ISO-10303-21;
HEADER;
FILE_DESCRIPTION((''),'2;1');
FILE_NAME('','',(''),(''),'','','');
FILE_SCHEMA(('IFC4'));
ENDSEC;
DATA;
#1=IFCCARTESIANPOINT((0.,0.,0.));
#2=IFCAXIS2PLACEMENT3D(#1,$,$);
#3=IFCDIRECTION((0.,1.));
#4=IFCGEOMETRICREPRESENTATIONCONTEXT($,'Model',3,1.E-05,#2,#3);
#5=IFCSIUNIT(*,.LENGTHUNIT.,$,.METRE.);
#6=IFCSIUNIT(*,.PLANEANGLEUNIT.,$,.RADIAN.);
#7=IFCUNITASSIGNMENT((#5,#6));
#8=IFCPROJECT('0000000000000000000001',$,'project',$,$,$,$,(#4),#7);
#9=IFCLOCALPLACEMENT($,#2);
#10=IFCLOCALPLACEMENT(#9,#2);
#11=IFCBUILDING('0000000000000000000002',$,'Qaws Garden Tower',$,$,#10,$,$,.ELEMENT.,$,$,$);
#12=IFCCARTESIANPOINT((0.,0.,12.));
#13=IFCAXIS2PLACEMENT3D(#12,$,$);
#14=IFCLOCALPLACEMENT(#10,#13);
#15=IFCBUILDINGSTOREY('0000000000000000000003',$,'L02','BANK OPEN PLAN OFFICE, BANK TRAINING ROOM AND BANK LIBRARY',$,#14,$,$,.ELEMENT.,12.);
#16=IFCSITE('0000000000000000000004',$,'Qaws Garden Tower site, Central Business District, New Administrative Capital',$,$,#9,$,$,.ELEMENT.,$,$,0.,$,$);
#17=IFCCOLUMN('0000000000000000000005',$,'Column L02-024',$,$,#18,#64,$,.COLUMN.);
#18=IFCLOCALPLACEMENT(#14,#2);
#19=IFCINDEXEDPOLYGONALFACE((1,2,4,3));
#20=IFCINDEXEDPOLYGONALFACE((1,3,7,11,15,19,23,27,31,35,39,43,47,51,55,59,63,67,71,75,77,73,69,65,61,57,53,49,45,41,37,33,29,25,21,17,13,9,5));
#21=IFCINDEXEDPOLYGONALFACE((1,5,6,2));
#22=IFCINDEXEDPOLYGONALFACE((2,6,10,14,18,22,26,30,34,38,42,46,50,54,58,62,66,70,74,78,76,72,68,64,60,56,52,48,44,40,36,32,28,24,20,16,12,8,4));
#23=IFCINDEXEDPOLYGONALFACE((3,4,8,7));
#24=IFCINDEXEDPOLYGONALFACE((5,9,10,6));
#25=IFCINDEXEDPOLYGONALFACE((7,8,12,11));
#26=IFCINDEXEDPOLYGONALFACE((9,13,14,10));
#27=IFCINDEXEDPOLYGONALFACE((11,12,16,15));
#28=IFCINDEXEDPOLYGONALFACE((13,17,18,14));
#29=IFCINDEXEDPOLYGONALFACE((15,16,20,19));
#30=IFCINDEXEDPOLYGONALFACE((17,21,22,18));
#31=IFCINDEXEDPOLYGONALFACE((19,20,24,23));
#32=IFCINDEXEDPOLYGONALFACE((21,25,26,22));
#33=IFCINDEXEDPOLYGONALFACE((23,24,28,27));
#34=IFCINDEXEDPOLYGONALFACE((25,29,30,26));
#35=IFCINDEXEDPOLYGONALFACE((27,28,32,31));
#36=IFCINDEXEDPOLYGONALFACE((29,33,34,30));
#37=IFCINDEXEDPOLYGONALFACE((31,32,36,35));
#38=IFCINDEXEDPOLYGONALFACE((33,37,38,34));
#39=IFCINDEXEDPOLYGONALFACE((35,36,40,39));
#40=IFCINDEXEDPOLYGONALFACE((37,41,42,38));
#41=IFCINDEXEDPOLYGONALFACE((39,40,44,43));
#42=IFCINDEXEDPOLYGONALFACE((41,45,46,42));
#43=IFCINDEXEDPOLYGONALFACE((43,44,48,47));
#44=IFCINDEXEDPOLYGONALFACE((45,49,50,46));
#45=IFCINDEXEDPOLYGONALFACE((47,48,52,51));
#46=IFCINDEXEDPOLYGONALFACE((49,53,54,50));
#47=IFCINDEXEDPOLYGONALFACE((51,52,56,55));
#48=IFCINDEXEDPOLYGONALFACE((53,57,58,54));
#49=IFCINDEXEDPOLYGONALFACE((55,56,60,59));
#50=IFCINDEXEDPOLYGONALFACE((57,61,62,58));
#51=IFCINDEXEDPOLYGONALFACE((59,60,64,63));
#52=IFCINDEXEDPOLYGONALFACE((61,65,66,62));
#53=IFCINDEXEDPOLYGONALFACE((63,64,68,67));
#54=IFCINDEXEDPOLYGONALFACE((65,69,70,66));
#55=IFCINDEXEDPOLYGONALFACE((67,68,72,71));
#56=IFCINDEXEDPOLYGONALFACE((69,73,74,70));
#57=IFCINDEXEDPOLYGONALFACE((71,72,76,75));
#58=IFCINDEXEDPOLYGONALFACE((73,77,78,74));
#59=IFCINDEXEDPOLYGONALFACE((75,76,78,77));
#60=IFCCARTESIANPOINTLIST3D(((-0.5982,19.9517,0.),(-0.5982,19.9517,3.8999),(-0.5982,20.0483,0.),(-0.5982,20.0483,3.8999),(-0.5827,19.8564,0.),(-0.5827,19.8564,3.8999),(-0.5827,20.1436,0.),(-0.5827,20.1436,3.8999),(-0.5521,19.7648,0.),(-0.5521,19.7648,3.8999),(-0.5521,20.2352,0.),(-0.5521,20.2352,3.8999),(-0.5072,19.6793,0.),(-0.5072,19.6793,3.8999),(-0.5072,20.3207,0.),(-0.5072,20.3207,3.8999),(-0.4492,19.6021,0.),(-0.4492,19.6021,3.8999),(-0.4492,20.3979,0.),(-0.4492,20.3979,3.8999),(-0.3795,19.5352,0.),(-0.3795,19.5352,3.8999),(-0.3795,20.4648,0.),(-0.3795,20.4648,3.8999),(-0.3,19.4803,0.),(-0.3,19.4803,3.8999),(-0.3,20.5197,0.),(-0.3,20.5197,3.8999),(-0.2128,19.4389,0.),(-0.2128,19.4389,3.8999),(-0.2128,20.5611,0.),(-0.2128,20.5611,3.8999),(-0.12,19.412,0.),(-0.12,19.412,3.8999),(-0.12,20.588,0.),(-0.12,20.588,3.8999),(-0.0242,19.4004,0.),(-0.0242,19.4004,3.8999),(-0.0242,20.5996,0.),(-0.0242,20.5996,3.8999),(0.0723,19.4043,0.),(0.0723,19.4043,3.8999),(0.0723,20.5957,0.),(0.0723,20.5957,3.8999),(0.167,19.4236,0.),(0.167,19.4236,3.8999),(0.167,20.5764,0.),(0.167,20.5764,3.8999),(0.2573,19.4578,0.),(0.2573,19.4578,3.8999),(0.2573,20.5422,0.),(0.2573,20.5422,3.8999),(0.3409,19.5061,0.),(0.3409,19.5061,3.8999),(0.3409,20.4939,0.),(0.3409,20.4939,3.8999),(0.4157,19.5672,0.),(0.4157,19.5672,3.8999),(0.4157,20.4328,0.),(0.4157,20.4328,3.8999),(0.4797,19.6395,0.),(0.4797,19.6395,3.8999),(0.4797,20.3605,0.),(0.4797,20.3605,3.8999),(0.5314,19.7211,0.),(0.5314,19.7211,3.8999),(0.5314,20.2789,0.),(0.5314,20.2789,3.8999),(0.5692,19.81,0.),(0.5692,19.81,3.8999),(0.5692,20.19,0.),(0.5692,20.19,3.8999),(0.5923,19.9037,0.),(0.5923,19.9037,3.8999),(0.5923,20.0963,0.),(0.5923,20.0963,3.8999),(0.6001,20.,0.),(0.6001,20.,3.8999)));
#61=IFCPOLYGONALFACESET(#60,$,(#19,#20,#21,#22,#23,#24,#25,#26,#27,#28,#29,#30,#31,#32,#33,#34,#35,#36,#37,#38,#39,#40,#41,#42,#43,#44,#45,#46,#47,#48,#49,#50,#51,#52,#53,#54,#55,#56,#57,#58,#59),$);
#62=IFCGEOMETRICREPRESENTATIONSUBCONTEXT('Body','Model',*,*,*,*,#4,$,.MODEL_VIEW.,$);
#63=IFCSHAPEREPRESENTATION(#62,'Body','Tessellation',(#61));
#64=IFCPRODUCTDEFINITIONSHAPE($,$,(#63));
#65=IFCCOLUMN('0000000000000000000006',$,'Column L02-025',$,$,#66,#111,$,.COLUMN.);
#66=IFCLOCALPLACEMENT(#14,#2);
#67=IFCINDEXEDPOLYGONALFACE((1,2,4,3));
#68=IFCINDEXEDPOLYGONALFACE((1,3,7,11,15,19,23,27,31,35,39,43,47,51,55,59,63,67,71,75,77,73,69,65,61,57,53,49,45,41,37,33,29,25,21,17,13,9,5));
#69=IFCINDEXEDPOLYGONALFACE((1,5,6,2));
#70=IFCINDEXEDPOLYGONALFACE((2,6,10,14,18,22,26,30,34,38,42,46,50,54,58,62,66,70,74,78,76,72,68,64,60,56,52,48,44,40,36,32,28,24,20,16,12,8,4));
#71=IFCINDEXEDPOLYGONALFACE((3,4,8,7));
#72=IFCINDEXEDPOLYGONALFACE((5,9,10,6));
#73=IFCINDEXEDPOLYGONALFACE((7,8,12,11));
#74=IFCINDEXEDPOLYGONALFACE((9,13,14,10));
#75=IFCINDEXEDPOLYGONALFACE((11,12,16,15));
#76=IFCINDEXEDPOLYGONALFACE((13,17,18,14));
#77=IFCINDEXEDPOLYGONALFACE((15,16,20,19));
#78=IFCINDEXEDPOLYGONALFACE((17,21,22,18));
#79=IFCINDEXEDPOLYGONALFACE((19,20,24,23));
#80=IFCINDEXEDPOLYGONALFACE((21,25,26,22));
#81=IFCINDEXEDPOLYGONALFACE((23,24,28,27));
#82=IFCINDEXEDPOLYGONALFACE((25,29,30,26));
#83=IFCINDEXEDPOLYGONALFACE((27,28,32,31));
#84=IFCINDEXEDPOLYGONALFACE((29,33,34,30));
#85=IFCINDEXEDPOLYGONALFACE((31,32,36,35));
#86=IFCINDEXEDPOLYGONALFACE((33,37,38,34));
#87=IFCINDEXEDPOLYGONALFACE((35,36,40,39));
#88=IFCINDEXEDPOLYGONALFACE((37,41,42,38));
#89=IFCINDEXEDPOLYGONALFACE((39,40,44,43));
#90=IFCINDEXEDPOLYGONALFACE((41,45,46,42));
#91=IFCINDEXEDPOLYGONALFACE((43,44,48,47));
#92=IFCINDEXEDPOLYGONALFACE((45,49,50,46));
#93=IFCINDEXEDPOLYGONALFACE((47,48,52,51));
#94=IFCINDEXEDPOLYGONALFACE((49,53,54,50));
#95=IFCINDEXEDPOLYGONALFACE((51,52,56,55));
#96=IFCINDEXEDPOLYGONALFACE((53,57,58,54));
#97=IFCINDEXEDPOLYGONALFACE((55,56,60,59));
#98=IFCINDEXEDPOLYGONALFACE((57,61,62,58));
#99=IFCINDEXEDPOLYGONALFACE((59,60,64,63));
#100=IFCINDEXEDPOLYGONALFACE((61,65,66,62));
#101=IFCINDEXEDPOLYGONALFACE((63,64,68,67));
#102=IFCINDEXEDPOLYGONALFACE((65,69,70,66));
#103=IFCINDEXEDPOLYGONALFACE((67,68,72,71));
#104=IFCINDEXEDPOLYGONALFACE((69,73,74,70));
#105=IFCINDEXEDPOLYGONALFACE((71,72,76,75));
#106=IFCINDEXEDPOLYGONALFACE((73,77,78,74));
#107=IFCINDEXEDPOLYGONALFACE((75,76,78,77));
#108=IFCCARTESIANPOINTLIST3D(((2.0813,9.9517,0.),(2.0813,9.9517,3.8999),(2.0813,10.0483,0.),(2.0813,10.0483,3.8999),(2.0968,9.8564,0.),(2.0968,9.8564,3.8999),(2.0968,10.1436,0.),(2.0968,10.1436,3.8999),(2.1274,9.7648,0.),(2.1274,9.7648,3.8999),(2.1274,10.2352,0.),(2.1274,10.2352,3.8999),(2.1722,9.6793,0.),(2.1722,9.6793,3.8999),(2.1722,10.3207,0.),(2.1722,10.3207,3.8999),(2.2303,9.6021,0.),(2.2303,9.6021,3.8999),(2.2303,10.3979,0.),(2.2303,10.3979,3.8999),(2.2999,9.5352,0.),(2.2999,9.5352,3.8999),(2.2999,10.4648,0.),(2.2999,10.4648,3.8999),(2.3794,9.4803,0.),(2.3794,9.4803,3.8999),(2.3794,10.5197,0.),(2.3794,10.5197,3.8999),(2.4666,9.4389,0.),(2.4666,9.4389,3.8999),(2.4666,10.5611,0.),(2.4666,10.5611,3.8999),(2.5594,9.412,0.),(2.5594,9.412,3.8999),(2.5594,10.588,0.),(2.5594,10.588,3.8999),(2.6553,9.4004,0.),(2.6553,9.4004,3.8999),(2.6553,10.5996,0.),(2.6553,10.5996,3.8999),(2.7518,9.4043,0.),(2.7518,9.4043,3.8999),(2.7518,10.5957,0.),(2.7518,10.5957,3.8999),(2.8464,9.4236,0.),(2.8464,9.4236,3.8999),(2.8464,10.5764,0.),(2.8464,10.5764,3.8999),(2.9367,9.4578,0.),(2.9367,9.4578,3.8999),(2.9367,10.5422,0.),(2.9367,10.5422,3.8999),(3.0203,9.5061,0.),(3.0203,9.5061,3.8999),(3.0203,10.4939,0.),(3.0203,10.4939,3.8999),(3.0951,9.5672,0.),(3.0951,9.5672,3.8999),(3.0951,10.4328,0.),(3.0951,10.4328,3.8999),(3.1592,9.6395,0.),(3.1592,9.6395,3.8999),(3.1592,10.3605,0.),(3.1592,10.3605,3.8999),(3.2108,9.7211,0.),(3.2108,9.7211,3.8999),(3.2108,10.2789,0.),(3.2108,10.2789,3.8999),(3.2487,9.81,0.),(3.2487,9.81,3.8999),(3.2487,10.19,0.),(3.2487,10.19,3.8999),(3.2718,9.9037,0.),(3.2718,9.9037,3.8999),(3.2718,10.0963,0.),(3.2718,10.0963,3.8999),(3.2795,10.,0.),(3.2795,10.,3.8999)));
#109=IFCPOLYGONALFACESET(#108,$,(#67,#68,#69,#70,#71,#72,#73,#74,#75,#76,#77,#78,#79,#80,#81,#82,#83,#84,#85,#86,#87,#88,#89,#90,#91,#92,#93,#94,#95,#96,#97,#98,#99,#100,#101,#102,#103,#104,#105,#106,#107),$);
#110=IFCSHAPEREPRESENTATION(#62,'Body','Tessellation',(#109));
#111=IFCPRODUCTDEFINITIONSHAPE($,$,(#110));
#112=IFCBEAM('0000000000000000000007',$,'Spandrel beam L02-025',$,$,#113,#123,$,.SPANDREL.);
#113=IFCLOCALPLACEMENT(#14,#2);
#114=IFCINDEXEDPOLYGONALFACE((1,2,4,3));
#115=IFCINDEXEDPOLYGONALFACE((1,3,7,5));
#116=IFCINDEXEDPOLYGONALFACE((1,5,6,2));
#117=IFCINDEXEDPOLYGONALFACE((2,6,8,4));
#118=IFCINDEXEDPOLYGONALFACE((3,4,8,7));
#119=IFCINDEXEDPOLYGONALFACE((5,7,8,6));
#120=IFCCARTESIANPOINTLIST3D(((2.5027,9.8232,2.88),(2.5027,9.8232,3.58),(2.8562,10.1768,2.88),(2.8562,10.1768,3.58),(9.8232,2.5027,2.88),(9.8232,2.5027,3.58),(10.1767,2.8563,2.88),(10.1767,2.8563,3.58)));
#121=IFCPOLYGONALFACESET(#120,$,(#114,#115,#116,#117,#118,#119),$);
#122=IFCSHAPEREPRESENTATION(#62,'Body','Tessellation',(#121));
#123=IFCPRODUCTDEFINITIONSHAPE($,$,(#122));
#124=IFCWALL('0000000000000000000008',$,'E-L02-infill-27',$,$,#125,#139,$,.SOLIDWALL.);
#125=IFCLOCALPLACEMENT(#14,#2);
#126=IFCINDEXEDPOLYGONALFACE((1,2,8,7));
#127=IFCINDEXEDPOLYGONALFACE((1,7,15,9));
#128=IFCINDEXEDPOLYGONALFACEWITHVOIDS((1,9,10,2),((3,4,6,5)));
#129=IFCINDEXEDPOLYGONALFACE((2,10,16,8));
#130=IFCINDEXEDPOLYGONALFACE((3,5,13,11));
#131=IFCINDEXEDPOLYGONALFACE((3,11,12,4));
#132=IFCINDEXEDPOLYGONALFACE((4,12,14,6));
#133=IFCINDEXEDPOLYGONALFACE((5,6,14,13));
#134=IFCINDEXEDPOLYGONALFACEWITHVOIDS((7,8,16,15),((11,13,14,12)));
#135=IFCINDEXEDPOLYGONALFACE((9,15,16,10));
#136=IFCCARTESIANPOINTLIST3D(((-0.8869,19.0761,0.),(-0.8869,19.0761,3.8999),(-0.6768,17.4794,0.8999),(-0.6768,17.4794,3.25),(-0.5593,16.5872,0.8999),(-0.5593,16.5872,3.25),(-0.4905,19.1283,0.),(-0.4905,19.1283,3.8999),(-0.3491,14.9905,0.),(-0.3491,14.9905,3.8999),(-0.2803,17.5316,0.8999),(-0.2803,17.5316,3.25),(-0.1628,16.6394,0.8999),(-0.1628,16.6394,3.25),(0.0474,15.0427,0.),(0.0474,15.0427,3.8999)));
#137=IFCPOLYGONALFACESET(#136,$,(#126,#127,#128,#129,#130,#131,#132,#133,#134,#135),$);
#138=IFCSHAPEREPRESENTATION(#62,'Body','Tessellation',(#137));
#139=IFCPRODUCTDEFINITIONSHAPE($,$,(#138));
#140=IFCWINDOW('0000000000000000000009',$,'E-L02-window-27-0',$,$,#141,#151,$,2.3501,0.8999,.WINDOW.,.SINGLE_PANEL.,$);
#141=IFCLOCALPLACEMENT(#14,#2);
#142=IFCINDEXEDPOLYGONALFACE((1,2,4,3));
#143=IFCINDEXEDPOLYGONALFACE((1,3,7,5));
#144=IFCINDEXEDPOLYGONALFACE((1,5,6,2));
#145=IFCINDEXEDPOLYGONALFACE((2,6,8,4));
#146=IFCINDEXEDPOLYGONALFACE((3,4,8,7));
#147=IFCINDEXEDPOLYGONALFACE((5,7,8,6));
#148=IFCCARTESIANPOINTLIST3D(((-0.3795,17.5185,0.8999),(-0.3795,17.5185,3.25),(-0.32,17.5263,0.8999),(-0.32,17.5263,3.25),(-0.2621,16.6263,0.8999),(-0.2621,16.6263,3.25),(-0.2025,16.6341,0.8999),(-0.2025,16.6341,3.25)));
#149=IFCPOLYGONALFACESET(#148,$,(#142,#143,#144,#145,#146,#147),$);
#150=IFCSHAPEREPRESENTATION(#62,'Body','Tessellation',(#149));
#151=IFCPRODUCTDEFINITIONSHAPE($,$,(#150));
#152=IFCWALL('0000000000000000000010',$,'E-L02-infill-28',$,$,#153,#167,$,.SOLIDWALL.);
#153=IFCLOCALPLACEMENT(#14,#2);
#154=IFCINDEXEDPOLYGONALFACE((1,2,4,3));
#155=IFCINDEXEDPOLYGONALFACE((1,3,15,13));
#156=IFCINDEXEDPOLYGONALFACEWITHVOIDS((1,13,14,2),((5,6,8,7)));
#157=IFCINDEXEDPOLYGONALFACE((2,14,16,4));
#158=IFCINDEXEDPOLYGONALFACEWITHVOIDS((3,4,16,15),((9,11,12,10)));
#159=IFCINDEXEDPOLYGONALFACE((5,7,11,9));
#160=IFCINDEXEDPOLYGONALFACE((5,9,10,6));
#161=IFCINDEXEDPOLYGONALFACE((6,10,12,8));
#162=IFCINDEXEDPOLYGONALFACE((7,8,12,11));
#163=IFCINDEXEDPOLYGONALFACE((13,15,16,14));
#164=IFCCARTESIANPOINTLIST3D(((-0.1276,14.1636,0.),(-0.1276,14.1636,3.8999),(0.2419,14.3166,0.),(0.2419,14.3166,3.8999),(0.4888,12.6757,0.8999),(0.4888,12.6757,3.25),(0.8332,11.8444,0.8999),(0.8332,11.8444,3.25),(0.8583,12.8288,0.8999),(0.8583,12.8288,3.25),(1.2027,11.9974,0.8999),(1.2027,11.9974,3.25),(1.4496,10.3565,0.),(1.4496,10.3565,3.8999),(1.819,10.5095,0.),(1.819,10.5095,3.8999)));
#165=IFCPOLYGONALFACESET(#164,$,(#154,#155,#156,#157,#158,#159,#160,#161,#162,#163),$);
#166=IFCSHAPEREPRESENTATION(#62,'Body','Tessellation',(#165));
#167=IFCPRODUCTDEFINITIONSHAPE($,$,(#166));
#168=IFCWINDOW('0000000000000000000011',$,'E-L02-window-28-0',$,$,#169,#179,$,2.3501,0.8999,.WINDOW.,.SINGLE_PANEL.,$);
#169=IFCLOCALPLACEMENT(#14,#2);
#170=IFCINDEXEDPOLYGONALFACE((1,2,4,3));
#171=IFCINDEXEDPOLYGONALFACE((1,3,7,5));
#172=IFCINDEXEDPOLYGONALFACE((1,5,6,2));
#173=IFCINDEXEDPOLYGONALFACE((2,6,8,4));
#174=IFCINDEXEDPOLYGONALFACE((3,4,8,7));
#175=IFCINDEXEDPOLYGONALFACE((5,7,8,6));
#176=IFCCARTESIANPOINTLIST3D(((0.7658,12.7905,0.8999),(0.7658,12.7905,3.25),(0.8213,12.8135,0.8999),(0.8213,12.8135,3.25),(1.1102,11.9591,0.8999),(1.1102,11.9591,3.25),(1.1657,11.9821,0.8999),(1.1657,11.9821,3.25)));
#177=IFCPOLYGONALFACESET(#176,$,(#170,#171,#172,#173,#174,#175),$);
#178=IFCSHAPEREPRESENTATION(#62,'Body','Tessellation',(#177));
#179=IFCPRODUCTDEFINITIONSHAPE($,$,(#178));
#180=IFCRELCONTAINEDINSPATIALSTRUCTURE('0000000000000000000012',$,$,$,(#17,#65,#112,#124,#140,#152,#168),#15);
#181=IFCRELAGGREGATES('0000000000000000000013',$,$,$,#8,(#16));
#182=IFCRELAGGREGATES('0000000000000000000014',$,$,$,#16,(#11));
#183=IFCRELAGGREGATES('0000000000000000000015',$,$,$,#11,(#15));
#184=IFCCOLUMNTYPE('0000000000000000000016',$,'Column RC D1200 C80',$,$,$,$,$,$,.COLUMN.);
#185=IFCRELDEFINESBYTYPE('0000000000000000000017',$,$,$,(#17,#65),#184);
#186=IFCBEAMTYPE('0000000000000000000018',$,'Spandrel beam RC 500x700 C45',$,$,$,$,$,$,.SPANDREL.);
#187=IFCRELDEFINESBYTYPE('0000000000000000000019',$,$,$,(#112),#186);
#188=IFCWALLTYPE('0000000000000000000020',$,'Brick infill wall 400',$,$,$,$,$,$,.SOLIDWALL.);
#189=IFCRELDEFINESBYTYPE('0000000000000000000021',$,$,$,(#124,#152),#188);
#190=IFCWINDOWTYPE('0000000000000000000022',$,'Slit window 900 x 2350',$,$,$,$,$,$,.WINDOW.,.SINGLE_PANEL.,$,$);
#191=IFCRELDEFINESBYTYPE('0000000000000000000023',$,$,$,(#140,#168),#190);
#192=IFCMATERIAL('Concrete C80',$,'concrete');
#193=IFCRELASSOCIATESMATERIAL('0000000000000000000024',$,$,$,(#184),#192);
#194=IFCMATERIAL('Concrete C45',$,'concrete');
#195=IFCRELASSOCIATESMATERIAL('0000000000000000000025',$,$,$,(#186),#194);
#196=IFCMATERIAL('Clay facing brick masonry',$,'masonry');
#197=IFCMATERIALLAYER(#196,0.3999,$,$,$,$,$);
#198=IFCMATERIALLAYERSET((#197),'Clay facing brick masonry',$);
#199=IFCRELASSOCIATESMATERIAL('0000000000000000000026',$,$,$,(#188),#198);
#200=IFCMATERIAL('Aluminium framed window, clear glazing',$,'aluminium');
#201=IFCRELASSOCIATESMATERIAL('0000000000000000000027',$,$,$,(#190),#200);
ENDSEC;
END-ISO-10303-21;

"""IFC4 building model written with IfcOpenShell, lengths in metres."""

from ifc_helpers import new_model, si_unit, direction, frame, frame_2d, origin, origin_2d, place, context, subcontext, project, spatial, rectangle, circle, extrude, material, layer, layer_set, material_profile, profile_set, type_object, element, fill, save


model = new_model("IFC4")

# Units and contexts
model_context = context("Model", 3, precision=1e-05, world=origin(), true_north=direction((0.0, 1.0)))
body_context = subcontext(model_context, "Body", "Model", "MODEL_VIEW")
ifc_project = project(units=[si_unit("LENGTHUNIT", "METRE"), si_unit("PLANEANGLEUNIT", "RADIAN")], contexts=[model_context])

# Site, building, storey
site_placement = place(None, origin())
site = spatial("IfcSite", under=ifc_project, at=site_placement, Name="Qaws Garden Tower site, Central Business District, New Administrative Capital", CompositionType="ELEMENT", RefElevation=0.0)
building_placement = place(site_placement, origin())
building = spatial("IfcBuilding", under=site, at=building_placement, Name="Qaws Garden Tower", CompositionType="ELEMENT")
storey_placement = place(building_placement, frame((0.0, 0.0, 12.0)))
storey = spatial("IfcBuildingStorey", under=building, at=storey_placement, Name="L02", Description="BANK OPEN PLAN OFFICE, BANK TRAINING ROOM AND BANK LIBRARY", CompositionType="ELEMENT", Elevation=12.0)

# Columns
ifc_material_1 = material(Name="Concrete C80", Category="concrete")
ifc_material_profile_1 = material_profile(ifc_material_1, circle(Radius=0.6001, at=origin_2d()), Name="RC D1200")
ifc_profile_set_1 = profile_set([ifc_material_profile_1], Name="Concrete C80")
column_type = type_object("IfcColumnType", Name="Column RC D1200 C80", PredefinedType="COLUMN", material=ifc_profile_set_1)
for number, where, z_axis, x_axis, name in (
    (1, (0.0, 20.0, 0.0), (0.0, 0.0, 1.0), (1.0, 0.0, 0.0), "Column L02-024"),
    (2, (2.6794, 10.0, 0.0), (0.0, 0.0, 1.0), (1.0, 0.0, 0.0), "Column L02-025"),
):
    element("IfcColumn", number, at=place(storey_placement, frame(where, z_axis=z_axis, x_axis=x_axis)), inside=storey, type_object=column_type, Name=name, PredefinedType="COLUMN", context=body_context, shape_type="SweptSolid", body=[
        extrude(circle(Radius=0.6001, at=origin_2d()), origin(), (0.0, 0.0, 1.0), 3.8999),
    ])

# Beam
ifc_material_2 = material(Name="Concrete C45", Category="concrete")
ifc_material_profile_2 = material_profile(ifc_material_2, rectangle(XDim=0.5, YDim=0.7, at=origin_2d()), Name="RC 500x700")
ifc_profile_set_2 = profile_set([ifc_material_profile_2], Name="Concrete C45")
beam_type = type_object("IfcBeamType", Name="Spandrel beam RC 500x700 C45", PredefinedType="SPANDREL", material=ifc_profile_set_2)
beam_placement = place(storey_placement, frame((2.6794, 10.0, 3.23), z_axis=(0.707107, -0.707107, 0.0), x_axis=(0.707107, 0.707107, 0.0)))
element("IfcBeam", 3, at=beam_placement, inside=storey, type_object=beam_type, Name="Spandrel beam L02-025", PredefinedType="SPANDREL", context=body_context, shape_type="SweptSolid", body=[
    extrude(rectangle(XDim=0.5, YDim=0.7, at=origin_2d()), origin(), (0.0, 0.0, 1.0), 10.3528),
])

# Walls, openings, windows
ifc_material_3 = material(Name="Clay facing brick masonry", Category="masonry")
ifc_layer_1 = layer(ifc_material_3, 0.3999)
ifc_layer_set_1 = layer_set([ifc_layer_1], Name="Clay facing brick masonry")
wall_type_1 = type_object("IfcWallType", Name="Brick infill wall 400", PredefinedType="SOLIDWALL", material=ifc_layer_set_1)
wall_1_placement = place(storey_placement, frame((-0.6887, 19.1023, 0.0), z_axis=(0.0, 0.0, 1.0), x_axis=(0.130514, -0.991446, 0.0)))
wall_1 = element("IfcWall", 4, at=wall_1_placement, inside=storey, type_object=wall_type_1, Name="E-L02-infill-27", PredefinedType="SOLIDWALL", context=body_context, shape_type="SweptSolid", body=[
    extrude(rectangle(XDim=4.1208, YDim=0.3999, at=frame_2d((2.0605, 0.0))), origin(), (0.0, 0.0, 1.0), 3.8999),
])
opening_1_placement = place(wall_1_placement, frame((1.6106, 0.0, 0.8999)))
opening_1 = element("IfcOpeningElement", 5, at=opening_1_placement, cuts=wall_1, PredefinedType="OPENING", context=body_context, shape_type="SweptSolid", body=[
    extrude(rectangle(XDim=0.8999, YDim=2.3501, at=frame_2d((0.45, 1.175))), frame((0.0, 0.21, 0.0), z_axis=(0.0, -1.0, 0.0), x_axis=(1.0, 0.0, 0.0)), (0.0, 0.0, 1.0), 0.4199),
])
ifc_material_4 = material(Name="Aluminium framed window, clear glazing", Category="aluminium")
window_type = type_object("IfcWindowType", Name="Slit window 900 x 2350", PartitioningType="SINGLE_PANEL", PredefinedType="WINDOW", material=ifc_material_4)
window_1_placement = place(opening_1_placement, origin())
window_1 = element("IfcWindow", 6, at=window_1_placement, inside=storey, type_object=window_type, Name="E-L02-window-27-0", OverallHeight=2.3501, OverallWidth=0.8999, PartitioningType="SINGLE_PANEL", PredefinedType="WINDOW", context=body_context, shape_type="SweptSolid", body=[
    extrude(rectangle(XDim=0.8999, YDim=2.3501, at=frame_2d((0.45, 1.175))), frame((0.0, 0.1599, 0.0), z_axis=(0.0, -1.0, 0.0), x_axis=(1.0, 0.0, 0.0)), (0.0, 0.0, 1.0), 0.0601),
])
fill(opening_1, window_1)
wall_2_placement = place(storey_placement, frame((0.0571, 14.2402, 0.0), z_axis=(0.0, 0.0, 1.0), x_axis=(0.382722, -0.923864, 0.0)))
wall_2 = element("IfcWall", 7, at=wall_2_placement, inside=storey, type_object=wall_type_1, Name="E-L02-infill-28", PredefinedType="SOLIDWALL", context=body_context, shape_type="SweptSolid", body=[
    extrude(rectangle(XDim=4.1208, YDim=0.3999, at=frame_2d((2.0605, 0.0))), origin(), (0.0, 0.0, 1.0), 3.8999),
])
opening_2_placement = place(wall_2_placement, frame((1.6106, 0.0, 0.8999)))
opening_2 = element("IfcOpeningElement", 8, at=opening_2_placement, cuts=wall_2, PredefinedType="OPENING", context=body_context, shape_type="SweptSolid", body=[
    extrude(rectangle(XDim=0.8999, YDim=2.3501, at=frame_2d((0.45, 1.175))), frame((0.0, 0.21, 0.0), z_axis=(0.0, -1.0, 0.0), x_axis=(1.0, 0.0, 0.0)), (0.0, 0.0, 1.0), 0.4199),
])
window_2_placement = place(opening_2_placement, origin())
window_2 = element("IfcWindow", 9, at=window_2_placement, inside=storey, type_object=window_type, Name="E-L02-window-28-0", OverallHeight=2.3501, OverallWidth=0.8999, PartitioningType="SINGLE_PANEL", PredefinedType="WINDOW", context=body_context, shape_type="SweptSolid", body=[
    extrude(rectangle(XDim=0.8999, YDim=2.3501, at=frame_2d((0.45, 1.175))), frame((0.0, 0.1599, 0.0), z_axis=(0.0, -1.0, 0.0), x_axis=(1.0, 0.0, 0.0)), (0.0, 0.0, 1.0), 0.0601),
])
fill(opening_2, window_2)

save(model, "model.ifc")
